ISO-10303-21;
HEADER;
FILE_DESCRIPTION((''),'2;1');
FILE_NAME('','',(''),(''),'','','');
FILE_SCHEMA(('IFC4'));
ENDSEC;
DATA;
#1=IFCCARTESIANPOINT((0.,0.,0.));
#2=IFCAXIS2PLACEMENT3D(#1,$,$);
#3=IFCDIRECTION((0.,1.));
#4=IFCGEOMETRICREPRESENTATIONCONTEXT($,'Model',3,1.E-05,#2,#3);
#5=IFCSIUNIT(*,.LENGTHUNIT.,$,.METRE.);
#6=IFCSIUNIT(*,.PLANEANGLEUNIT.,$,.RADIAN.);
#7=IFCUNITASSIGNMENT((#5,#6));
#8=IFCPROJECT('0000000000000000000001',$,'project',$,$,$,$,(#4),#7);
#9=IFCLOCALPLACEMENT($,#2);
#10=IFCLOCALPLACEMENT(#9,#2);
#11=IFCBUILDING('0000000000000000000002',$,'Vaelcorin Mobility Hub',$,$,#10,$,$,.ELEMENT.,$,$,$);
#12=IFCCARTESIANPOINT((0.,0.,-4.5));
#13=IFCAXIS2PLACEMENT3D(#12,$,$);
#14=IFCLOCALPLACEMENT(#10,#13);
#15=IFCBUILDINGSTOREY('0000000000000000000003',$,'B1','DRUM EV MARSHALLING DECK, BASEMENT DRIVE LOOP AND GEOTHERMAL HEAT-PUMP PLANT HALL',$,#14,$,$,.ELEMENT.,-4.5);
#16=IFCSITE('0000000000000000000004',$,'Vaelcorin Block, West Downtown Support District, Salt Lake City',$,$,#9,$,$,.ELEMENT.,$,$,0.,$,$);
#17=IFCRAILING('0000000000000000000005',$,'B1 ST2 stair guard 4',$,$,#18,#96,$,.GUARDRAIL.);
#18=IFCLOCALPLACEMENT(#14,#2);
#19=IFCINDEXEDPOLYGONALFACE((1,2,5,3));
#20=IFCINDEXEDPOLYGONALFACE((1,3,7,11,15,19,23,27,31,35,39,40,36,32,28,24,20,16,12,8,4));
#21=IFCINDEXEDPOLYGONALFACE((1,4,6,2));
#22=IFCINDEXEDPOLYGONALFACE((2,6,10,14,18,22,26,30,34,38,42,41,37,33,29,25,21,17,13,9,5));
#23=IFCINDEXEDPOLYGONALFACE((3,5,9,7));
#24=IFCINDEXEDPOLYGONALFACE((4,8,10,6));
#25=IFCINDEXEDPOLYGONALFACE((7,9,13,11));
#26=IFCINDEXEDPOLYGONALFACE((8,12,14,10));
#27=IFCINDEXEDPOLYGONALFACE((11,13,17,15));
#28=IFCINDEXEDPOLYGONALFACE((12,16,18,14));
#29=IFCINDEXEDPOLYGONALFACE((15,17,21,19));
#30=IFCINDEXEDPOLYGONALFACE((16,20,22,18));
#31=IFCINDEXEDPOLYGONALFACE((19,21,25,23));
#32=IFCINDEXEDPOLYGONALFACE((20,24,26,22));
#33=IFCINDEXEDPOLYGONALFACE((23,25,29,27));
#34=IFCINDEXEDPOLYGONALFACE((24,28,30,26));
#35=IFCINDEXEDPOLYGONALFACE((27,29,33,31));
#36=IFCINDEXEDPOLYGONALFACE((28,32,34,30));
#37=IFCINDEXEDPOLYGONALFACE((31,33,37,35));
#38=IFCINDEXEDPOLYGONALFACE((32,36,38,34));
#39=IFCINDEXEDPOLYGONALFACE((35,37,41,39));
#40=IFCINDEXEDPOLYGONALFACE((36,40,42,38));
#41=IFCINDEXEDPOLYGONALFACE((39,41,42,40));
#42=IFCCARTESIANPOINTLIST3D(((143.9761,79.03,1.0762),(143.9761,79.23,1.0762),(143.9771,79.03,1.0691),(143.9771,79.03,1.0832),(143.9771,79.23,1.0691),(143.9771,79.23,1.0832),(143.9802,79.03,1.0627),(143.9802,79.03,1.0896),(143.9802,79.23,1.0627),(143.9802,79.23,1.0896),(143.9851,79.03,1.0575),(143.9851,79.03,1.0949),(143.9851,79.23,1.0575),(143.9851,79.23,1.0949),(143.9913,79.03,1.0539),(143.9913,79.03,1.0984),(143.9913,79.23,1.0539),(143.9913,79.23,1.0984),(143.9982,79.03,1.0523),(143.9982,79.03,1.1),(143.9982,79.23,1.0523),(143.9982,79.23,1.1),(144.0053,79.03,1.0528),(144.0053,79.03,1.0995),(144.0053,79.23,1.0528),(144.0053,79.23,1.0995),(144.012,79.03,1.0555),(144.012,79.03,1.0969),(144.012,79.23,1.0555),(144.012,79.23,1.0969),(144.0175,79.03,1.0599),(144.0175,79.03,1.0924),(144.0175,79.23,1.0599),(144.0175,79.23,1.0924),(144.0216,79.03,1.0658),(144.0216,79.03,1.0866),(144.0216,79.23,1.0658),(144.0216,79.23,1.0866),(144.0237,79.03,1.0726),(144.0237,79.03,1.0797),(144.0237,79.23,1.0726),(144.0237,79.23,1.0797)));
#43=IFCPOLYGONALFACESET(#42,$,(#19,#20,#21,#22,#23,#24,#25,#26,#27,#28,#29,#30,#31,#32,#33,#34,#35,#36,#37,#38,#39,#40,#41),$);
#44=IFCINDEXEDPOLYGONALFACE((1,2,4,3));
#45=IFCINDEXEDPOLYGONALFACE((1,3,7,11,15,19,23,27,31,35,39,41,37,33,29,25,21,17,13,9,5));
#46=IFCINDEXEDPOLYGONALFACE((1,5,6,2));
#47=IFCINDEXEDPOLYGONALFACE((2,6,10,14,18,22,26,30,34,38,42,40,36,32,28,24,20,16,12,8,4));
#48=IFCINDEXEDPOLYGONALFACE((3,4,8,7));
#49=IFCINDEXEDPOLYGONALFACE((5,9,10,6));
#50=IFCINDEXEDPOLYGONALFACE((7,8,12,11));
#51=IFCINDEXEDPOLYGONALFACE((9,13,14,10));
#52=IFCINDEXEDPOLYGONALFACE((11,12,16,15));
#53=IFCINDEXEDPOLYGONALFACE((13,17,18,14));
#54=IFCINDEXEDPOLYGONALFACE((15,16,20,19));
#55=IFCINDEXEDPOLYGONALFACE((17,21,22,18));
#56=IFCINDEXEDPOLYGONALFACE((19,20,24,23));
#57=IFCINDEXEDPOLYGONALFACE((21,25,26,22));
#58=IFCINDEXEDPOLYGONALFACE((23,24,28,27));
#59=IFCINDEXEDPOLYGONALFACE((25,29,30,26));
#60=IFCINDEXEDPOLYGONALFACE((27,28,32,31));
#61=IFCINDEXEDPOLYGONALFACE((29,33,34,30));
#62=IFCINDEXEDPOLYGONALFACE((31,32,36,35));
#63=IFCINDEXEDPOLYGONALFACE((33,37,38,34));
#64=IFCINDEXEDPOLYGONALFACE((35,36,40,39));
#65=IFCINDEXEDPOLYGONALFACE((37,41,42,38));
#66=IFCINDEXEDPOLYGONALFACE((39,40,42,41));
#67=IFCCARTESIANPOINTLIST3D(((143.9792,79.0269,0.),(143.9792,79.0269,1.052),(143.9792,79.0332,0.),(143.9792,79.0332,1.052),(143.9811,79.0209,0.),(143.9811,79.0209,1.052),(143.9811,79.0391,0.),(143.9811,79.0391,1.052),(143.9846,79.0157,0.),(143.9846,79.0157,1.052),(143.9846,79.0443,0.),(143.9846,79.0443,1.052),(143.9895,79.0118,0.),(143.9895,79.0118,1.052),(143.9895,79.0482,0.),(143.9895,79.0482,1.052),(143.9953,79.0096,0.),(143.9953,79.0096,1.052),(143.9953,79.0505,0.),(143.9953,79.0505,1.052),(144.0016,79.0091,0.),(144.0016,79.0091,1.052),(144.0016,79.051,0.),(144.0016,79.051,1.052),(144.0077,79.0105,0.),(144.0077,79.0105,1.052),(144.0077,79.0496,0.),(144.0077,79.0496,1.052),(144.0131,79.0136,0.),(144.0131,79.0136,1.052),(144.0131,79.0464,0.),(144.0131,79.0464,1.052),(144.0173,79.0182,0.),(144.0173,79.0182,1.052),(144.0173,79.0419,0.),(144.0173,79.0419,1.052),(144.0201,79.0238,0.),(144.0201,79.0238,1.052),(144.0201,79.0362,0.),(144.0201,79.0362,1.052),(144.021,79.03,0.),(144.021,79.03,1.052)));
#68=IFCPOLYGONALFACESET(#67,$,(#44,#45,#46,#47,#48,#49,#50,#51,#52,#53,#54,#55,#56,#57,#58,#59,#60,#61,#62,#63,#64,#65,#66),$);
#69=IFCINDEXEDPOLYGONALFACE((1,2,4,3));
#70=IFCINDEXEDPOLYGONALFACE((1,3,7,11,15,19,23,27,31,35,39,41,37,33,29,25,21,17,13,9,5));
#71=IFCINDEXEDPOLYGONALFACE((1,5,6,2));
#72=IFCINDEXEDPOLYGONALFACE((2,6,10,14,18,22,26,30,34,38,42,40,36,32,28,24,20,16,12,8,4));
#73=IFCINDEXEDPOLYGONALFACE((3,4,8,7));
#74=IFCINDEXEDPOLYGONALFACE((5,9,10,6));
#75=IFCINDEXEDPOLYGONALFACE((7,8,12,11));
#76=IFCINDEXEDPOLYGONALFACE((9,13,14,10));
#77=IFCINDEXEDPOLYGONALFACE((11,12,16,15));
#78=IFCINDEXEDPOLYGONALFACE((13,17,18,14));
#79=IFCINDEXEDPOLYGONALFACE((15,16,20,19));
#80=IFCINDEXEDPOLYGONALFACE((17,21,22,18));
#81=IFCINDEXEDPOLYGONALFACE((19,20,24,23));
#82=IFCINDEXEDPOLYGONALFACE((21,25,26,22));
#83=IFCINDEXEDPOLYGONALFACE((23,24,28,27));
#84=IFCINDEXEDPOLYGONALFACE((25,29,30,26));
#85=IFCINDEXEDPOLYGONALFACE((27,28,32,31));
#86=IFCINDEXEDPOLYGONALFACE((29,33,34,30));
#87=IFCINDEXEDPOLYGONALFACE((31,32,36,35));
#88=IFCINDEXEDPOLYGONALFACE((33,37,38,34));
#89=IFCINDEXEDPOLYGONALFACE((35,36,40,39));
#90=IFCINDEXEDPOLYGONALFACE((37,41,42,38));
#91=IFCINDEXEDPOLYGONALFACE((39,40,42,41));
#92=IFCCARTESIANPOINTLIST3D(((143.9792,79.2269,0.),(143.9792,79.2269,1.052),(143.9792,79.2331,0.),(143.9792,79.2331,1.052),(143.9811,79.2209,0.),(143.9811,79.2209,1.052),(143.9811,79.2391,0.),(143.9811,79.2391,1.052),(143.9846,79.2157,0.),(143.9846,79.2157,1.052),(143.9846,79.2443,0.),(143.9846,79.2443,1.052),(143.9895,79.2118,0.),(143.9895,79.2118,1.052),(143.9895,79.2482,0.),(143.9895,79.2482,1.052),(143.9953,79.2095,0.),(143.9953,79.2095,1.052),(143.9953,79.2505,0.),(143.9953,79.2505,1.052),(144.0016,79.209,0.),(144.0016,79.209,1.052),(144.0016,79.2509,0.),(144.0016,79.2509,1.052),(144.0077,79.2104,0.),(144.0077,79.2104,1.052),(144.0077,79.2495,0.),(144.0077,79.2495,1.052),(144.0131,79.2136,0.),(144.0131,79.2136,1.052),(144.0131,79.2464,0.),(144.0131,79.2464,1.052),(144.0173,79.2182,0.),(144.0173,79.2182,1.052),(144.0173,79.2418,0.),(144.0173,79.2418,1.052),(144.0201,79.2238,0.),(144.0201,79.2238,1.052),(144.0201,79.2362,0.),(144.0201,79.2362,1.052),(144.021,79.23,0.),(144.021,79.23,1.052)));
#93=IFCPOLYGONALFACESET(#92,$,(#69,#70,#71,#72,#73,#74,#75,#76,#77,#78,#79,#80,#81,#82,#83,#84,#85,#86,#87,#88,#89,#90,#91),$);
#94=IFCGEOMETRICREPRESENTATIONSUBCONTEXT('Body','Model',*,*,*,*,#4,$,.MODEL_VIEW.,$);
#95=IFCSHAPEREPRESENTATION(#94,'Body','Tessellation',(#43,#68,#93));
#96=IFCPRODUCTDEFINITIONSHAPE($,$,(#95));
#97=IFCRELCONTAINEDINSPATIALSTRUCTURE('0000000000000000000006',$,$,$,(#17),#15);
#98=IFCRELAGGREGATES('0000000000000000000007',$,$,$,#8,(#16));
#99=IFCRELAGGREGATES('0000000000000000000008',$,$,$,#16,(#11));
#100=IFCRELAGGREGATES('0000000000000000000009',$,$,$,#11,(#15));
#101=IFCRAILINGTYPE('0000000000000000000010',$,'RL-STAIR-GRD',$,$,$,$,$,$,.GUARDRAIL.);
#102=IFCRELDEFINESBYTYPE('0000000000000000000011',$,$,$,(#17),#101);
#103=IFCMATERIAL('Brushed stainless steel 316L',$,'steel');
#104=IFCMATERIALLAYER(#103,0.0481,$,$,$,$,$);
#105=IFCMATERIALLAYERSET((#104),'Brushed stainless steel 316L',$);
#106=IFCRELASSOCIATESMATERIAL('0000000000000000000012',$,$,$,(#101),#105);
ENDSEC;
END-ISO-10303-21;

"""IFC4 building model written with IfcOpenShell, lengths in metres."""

from ifc_helpers import new_model, si_unit, direction, frame, origin, origin_2d, place, context, subcontext, project, spatial, circle, extrude, material, layer, layer_set, type_object, element, save


model = new_model("IFC4")

# Units and contexts
model_context = context("Model", 3, precision=1e-05, world=origin(), true_north=direction((0.0, 1.0)))
body_context = subcontext(model_context, "Body", "Model", "MODEL_VIEW")
ifc_project = project(units=[si_unit("LENGTHUNIT", "METRE"), si_unit("PLANEANGLEUNIT", "RADIAN")], contexts=[model_context])

# Site, building, storey
site_placement = place(None, origin())
site = spatial("IfcSite", under=ifc_project, at=site_placement, Name="Vaelcorin Block, West Downtown Support District, Salt Lake City", CompositionType="ELEMENT", RefElevation=0.0)
building_placement = place(site_placement, origin())
building = spatial("IfcBuilding", under=site, at=building_placement, Name="Vaelcorin Mobility Hub", CompositionType="ELEMENT")
storey_placement = place(building_placement, frame((0.0, 0.0, -4.5)))
storey = spatial("IfcBuildingStorey", under=building, at=storey_placement, Name="B1", Description="DRUM EV MARSHALLING DECK, BASEMENT DRIVE LOOP AND GEOTHERMAL HEAT-PUMP PLANT HALL", CompositionType="ELEMENT", Elevation=-4.5)

# Railing
ifc_material_1 = material(Name="Brushed stainless steel 316L", Category="steel")
ifc_layer_1 = layer(ifc_material_1, 0.0481)
ifc_layer_set_1 = layer_set([ifc_layer_1], Name="Brushed stainless steel 316L")
railing_type_1 = type_object("IfcRailingType", Name="RL-STAIR-GRD", PredefinedType="GUARDRAIL", material=ifc_layer_set_1)
railing_1_placement = place(storey_placement, frame((144.0, 79.03, 0.0)))
element("IfcRailing", 1, at=railing_1_placement, inside=storey, type_object=railing_type_1, Name="B1 ST2 stair guard 4", PredefinedType="GUARDRAIL", context=body_context, shape_type="SweptSolid", body=[
    extrude(circle(Radius=0.0239, at=origin_2d()), frame((0.0, 0.0, 1.0762), z_axis=(0.0, 1.0, 0.0), x_axis=(-1.0, 0.0, 0.0)), (0.0, 0.0, 1.0), 0.2),
    extrude(circle(Radius=0.021, at=origin_2d()), origin(), (0.0, 0.0, 1.0), 1.052),
    extrude(circle(Radius=0.021, at=origin_2d()), frame((0.0, 0.2, 0.0)), (0.0, 0.0, 1.0), 1.052),
])

save(model, "model.ifc")
